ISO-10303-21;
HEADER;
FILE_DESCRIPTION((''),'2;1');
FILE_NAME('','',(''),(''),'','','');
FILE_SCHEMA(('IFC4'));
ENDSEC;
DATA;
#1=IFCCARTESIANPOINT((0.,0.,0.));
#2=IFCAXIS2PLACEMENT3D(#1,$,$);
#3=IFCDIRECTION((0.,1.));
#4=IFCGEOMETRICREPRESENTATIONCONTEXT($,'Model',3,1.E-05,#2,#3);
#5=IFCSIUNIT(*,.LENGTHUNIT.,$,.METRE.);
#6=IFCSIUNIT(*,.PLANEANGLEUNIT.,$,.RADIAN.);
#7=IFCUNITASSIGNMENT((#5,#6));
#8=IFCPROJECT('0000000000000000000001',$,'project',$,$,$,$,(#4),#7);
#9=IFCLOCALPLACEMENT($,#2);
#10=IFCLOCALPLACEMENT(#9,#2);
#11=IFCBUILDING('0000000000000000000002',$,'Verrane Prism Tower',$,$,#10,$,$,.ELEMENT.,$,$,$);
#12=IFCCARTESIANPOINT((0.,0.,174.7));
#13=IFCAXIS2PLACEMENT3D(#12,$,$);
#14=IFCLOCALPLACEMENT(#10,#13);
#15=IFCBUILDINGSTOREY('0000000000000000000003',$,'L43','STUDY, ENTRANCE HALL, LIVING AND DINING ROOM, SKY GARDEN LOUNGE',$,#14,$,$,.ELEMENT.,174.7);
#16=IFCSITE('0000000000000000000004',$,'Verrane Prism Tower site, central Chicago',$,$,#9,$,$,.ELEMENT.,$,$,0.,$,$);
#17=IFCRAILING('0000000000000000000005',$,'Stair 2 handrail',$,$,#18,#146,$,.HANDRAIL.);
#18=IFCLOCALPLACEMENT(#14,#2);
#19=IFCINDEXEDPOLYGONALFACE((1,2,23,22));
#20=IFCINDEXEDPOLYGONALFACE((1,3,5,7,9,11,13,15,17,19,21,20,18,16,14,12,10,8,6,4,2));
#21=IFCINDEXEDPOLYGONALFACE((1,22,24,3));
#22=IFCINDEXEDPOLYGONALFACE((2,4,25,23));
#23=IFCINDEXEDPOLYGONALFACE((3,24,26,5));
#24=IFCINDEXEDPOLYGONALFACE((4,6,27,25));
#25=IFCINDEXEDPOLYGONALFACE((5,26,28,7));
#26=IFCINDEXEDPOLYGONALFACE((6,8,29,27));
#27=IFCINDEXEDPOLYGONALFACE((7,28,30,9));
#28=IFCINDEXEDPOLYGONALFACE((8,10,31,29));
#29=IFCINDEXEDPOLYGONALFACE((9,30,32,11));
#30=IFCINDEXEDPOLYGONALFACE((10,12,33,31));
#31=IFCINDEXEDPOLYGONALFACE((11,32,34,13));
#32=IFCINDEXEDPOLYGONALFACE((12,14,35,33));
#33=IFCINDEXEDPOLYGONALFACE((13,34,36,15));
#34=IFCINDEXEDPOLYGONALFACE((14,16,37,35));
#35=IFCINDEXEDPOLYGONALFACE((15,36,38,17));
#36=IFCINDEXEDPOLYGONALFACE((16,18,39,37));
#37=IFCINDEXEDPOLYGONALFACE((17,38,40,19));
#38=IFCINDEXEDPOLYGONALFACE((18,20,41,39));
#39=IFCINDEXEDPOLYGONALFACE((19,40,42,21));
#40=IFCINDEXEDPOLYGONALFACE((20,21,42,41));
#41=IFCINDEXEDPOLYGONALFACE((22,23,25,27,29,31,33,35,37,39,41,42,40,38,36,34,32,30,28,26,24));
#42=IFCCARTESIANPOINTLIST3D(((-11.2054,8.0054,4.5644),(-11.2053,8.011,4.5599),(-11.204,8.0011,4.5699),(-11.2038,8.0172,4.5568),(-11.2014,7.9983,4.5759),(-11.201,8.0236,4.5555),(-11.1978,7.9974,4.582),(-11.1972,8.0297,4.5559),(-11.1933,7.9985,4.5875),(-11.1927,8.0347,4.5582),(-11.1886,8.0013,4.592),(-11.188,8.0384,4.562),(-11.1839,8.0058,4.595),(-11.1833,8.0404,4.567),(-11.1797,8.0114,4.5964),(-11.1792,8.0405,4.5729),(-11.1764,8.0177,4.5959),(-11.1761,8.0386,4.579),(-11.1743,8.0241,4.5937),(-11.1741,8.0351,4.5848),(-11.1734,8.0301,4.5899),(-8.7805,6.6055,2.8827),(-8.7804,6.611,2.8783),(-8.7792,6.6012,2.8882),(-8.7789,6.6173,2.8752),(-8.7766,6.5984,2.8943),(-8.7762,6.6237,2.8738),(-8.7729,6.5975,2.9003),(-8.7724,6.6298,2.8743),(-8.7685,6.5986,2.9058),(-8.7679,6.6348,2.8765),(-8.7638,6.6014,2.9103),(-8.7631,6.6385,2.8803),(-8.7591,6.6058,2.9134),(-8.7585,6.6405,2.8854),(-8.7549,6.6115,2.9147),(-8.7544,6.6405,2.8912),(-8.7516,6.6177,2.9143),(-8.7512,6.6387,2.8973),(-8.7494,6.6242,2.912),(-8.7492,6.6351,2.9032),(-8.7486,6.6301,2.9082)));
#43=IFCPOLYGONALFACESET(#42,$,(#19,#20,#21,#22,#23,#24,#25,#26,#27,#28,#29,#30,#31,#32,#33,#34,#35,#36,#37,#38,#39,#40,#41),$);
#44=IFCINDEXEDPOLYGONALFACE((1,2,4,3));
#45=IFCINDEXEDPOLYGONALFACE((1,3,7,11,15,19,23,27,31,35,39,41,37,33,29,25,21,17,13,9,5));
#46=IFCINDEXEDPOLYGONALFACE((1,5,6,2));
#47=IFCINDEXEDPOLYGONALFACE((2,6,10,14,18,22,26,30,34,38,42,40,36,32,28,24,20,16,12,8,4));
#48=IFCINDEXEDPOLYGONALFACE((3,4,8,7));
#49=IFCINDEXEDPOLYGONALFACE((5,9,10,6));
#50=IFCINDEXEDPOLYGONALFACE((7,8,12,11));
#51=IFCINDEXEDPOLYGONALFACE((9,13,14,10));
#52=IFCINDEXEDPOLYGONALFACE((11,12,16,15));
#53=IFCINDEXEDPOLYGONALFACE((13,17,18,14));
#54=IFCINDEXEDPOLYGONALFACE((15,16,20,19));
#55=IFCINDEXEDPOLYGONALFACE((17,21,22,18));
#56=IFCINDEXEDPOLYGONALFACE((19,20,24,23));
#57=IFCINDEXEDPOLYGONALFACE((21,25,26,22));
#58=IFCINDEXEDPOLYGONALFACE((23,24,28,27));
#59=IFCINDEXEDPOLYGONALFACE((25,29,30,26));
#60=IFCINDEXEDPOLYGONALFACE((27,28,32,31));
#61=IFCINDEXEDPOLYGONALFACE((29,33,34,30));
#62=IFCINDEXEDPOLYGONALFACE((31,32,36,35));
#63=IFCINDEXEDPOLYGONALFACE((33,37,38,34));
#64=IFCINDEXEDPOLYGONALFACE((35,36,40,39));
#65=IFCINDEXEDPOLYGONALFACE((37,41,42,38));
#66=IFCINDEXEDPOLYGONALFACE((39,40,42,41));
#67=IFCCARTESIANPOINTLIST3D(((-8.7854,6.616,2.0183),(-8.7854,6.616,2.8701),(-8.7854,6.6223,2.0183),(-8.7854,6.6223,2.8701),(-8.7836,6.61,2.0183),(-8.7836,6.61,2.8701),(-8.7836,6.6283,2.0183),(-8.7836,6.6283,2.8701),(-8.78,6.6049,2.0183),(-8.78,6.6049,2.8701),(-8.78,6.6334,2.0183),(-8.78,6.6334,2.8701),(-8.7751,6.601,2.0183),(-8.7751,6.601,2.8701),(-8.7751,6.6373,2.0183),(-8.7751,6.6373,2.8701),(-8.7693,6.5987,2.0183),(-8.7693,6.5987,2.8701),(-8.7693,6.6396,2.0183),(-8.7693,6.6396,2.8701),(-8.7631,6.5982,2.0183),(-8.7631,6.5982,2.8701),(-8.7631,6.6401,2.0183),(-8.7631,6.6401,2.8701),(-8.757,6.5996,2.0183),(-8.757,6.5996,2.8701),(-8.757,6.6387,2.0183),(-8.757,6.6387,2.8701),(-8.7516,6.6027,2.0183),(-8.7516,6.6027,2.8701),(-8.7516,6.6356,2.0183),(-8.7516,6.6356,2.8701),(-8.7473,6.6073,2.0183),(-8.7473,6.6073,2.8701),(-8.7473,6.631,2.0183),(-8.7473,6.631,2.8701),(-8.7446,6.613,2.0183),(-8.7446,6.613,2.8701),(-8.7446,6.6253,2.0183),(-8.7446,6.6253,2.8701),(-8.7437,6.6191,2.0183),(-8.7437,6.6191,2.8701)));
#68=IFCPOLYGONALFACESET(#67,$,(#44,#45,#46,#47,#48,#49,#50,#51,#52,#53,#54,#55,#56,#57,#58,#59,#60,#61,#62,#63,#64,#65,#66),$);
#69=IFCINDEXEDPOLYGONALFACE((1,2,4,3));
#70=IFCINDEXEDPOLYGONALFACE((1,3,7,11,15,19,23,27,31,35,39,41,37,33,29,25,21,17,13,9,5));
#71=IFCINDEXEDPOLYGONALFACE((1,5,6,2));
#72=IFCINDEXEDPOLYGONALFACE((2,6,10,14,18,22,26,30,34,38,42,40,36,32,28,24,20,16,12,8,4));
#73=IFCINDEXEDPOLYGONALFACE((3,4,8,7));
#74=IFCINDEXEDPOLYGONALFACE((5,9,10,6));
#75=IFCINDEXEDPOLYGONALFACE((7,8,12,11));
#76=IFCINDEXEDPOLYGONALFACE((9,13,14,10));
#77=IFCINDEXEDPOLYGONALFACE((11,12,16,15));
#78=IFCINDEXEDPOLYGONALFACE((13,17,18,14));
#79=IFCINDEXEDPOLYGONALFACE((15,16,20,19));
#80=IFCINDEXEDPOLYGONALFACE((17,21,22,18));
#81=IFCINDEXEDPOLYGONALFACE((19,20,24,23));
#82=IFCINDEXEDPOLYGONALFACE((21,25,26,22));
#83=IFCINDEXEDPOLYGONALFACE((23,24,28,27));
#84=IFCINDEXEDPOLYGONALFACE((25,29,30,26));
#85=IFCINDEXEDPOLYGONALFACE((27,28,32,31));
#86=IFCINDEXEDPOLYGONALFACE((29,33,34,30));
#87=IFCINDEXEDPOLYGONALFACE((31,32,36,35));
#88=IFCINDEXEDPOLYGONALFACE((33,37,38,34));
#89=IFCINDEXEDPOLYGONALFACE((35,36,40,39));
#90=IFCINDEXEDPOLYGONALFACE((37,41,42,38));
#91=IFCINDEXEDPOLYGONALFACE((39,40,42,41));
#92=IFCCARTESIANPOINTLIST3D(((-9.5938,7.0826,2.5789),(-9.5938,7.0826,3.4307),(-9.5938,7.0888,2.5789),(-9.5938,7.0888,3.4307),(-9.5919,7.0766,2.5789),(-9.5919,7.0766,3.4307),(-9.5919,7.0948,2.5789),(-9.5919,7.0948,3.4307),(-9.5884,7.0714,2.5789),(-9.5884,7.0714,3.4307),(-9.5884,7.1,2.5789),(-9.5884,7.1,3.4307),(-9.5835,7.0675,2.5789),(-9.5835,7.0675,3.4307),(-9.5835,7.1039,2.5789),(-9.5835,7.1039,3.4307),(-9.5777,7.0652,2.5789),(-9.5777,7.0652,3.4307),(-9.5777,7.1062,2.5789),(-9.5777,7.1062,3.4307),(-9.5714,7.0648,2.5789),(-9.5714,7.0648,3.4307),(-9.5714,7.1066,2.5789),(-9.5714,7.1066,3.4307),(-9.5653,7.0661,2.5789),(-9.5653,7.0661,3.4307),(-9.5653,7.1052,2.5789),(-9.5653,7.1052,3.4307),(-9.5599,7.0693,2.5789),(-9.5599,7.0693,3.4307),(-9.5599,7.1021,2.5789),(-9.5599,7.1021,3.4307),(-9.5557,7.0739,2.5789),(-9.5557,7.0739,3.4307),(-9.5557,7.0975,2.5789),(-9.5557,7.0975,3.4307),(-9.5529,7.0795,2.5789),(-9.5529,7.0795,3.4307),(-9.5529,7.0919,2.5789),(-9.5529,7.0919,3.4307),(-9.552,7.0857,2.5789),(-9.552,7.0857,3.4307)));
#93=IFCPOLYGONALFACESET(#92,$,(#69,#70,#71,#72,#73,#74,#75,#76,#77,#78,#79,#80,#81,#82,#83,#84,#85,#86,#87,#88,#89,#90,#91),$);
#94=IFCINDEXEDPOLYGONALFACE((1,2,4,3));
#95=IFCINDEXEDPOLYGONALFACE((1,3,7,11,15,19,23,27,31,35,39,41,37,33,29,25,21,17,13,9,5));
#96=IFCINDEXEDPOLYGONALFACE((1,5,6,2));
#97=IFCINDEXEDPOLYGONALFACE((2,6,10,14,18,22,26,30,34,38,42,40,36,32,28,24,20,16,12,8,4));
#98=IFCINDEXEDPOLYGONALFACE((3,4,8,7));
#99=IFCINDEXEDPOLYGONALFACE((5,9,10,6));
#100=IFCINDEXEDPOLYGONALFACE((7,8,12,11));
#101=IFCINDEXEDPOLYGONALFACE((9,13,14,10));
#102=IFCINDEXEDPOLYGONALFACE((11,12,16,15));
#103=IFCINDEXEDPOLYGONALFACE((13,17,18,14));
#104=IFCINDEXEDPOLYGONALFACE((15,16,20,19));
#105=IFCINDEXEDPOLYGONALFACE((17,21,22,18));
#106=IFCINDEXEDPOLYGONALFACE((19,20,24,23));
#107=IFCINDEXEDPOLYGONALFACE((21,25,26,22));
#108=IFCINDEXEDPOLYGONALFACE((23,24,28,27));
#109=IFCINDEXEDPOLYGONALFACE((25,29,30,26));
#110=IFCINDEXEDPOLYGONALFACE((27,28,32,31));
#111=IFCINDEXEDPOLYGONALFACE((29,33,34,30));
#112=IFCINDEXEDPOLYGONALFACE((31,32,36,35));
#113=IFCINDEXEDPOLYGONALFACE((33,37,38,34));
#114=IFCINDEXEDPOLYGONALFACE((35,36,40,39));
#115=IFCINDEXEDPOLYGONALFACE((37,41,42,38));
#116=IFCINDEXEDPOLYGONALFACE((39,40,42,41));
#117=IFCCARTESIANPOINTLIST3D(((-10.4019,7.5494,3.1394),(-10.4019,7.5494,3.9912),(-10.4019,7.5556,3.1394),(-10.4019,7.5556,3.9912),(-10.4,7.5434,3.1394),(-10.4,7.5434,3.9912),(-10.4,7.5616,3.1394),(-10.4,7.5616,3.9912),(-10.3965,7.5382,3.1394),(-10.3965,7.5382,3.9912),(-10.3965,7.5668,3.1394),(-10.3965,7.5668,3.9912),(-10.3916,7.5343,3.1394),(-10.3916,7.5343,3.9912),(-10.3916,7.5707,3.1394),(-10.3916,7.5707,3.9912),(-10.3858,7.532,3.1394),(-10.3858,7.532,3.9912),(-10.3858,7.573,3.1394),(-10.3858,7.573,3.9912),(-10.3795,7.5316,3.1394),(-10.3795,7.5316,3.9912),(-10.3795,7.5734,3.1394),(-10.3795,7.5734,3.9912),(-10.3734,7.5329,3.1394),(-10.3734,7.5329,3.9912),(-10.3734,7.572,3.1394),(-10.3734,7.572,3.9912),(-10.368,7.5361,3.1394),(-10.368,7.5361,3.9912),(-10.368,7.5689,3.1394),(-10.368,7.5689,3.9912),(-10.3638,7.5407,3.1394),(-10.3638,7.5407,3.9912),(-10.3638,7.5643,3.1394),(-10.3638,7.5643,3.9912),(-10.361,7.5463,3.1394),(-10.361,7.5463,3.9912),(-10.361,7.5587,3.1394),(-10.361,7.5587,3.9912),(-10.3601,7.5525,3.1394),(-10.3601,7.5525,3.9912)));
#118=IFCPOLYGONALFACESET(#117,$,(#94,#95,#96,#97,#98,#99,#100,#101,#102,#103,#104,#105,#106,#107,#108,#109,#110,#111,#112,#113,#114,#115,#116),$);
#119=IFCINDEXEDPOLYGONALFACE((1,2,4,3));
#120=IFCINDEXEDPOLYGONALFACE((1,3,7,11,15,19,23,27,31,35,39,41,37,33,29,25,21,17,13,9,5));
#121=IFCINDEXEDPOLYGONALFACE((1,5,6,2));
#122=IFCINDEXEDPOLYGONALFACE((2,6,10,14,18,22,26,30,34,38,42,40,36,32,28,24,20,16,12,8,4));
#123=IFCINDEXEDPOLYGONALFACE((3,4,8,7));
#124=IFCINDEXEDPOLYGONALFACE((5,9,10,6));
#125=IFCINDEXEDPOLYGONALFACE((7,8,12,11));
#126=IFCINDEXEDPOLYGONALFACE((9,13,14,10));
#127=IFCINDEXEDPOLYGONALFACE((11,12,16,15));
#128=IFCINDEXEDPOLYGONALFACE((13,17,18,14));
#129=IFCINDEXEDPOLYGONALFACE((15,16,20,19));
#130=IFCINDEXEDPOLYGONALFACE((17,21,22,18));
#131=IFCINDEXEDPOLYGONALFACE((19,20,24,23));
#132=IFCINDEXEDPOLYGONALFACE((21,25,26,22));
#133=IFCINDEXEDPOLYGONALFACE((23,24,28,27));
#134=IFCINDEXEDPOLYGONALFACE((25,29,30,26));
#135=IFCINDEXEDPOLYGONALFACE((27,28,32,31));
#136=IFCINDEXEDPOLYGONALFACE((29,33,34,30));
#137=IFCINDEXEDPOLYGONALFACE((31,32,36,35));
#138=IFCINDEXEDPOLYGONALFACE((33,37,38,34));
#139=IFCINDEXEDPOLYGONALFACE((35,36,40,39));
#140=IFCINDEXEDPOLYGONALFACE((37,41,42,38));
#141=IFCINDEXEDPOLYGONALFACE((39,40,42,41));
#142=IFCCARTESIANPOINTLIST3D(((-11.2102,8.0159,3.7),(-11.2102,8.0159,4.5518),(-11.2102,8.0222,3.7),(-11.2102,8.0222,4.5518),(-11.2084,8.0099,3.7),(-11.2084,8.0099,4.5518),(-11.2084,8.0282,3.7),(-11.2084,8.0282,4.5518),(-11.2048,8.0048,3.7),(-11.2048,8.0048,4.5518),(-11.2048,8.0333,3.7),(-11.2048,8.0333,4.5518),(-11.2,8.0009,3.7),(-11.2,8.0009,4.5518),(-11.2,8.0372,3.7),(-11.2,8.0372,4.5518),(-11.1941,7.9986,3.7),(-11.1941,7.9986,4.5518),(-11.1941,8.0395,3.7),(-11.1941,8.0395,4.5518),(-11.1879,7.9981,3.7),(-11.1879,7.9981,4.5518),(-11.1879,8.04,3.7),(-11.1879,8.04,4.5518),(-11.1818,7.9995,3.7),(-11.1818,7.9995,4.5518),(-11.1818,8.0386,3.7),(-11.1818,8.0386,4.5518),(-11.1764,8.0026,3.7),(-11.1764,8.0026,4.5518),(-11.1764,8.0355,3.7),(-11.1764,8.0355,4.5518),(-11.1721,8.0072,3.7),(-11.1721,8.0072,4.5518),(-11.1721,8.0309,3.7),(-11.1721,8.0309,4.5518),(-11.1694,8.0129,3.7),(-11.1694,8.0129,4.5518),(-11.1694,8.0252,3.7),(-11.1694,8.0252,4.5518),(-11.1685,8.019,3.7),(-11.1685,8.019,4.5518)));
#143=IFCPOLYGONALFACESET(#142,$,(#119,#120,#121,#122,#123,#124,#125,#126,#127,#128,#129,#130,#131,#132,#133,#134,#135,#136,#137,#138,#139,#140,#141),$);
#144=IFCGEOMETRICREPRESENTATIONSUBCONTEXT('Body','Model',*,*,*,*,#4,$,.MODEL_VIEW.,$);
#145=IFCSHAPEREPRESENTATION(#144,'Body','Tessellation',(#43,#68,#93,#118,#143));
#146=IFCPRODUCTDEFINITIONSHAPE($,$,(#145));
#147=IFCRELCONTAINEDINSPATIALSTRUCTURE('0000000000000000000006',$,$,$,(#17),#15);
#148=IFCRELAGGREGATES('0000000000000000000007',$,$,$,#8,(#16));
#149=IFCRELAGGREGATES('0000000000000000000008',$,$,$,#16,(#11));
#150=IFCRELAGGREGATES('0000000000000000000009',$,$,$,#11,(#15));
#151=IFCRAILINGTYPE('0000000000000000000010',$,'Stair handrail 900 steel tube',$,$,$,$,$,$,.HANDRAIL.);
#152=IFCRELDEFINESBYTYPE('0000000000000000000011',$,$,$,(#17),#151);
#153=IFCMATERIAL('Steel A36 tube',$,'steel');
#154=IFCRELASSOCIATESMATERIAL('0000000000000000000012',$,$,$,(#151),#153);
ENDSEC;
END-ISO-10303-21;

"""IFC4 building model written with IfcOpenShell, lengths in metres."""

from ifc_helpers import new_model, si_unit, direction, frame, origin, origin_2d, place, context, subcontext, project, spatial, circle, extrude, material, type_object, element, save


model = new_model("IFC4")

# Units and contexts
model_context = context("Model", 3, precision=1e-05, world=origin(), true_north=direction((0.0, 1.0)))
body_context = subcontext(model_context, "Body", "Model", "MODEL_VIEW")
ifc_project = project(units=[si_unit("LENGTHUNIT", "METRE"), si_unit("PLANEANGLEUNIT", "RADIAN")], contexts=[model_context])

# Site, building, storey
site_placement = place(None, origin())
site = spatial("IfcSite", under=ifc_project, at=site_placement, Name="Verrane Prism Tower site, central Chicago", CompositionType="ELEMENT", RefElevation=0.0)
building_placement = place(site_placement, origin())
building = spatial("IfcBuilding", under=site, at=building_placement, Name="Verrane Prism Tower", CompositionType="ELEMENT")
storey_placement = place(building_placement, frame((0.0, 0.0, 174.7)))
storey = spatial("IfcBuildingStorey", under=building, at=storey_placement, Name="L43", Description="STUDY, ENTRANCE HALL, LIVING AND DINING ROOM, SKY GARDEN LOUNGE", CompositionType="ELEMENT", Elevation=174.7)

# Railing
ifc_material_1 = material(Name="Steel A36 tube", Category="steel")
railing_type_1 = type_object("IfcRailingType", Name="Stair handrail 900 steel tube", PredefinedType="HANDRAIL", material=ifc_material_1)
railing_1_placement = place(storey_placement, frame((-8.7646, 6.6191, 2.0183)))
element("IfcRailing", 1, at=railing_1_placement, inside=storey, type_object=railing_type_1, Name="Stair 2 handrail", PredefinedType="HANDRAIL", context=body_context, shape_type="SweptSolid", body=[
    extrude(circle(Radius=0.0239, at=origin_2d()), frame((0.0, 0.0, 0.876), z_axis=(-0.742419, 0.428618, 0.514879), x_axis=(-0.499984, -0.866035, 0.0)), (0.0, 0.0, 1.0), 3.2661),
    extrude(circle(Radius=0.021, at=origin_2d()), origin(), (0.0, 0.0, 1.0), 0.8518),
    extrude(circle(Radius=0.021, at=origin_2d()), frame((-0.8083, 0.4666, 0.5605)), (0.0, 0.0, 1.0), 0.8518),
    extrude(circle(Radius=0.021, at=origin_2d()), frame((-1.6165, 0.9333, 1.1211)), (0.0, 0.0, 1.0), 0.8518),
    extrude(circle(Radius=0.021, at=origin_2d()), frame((-2.4248, 1.3999, 1.6816)), (0.0, 0.0, 1.0), 0.8518),
])

save(model, "model.ifc")
